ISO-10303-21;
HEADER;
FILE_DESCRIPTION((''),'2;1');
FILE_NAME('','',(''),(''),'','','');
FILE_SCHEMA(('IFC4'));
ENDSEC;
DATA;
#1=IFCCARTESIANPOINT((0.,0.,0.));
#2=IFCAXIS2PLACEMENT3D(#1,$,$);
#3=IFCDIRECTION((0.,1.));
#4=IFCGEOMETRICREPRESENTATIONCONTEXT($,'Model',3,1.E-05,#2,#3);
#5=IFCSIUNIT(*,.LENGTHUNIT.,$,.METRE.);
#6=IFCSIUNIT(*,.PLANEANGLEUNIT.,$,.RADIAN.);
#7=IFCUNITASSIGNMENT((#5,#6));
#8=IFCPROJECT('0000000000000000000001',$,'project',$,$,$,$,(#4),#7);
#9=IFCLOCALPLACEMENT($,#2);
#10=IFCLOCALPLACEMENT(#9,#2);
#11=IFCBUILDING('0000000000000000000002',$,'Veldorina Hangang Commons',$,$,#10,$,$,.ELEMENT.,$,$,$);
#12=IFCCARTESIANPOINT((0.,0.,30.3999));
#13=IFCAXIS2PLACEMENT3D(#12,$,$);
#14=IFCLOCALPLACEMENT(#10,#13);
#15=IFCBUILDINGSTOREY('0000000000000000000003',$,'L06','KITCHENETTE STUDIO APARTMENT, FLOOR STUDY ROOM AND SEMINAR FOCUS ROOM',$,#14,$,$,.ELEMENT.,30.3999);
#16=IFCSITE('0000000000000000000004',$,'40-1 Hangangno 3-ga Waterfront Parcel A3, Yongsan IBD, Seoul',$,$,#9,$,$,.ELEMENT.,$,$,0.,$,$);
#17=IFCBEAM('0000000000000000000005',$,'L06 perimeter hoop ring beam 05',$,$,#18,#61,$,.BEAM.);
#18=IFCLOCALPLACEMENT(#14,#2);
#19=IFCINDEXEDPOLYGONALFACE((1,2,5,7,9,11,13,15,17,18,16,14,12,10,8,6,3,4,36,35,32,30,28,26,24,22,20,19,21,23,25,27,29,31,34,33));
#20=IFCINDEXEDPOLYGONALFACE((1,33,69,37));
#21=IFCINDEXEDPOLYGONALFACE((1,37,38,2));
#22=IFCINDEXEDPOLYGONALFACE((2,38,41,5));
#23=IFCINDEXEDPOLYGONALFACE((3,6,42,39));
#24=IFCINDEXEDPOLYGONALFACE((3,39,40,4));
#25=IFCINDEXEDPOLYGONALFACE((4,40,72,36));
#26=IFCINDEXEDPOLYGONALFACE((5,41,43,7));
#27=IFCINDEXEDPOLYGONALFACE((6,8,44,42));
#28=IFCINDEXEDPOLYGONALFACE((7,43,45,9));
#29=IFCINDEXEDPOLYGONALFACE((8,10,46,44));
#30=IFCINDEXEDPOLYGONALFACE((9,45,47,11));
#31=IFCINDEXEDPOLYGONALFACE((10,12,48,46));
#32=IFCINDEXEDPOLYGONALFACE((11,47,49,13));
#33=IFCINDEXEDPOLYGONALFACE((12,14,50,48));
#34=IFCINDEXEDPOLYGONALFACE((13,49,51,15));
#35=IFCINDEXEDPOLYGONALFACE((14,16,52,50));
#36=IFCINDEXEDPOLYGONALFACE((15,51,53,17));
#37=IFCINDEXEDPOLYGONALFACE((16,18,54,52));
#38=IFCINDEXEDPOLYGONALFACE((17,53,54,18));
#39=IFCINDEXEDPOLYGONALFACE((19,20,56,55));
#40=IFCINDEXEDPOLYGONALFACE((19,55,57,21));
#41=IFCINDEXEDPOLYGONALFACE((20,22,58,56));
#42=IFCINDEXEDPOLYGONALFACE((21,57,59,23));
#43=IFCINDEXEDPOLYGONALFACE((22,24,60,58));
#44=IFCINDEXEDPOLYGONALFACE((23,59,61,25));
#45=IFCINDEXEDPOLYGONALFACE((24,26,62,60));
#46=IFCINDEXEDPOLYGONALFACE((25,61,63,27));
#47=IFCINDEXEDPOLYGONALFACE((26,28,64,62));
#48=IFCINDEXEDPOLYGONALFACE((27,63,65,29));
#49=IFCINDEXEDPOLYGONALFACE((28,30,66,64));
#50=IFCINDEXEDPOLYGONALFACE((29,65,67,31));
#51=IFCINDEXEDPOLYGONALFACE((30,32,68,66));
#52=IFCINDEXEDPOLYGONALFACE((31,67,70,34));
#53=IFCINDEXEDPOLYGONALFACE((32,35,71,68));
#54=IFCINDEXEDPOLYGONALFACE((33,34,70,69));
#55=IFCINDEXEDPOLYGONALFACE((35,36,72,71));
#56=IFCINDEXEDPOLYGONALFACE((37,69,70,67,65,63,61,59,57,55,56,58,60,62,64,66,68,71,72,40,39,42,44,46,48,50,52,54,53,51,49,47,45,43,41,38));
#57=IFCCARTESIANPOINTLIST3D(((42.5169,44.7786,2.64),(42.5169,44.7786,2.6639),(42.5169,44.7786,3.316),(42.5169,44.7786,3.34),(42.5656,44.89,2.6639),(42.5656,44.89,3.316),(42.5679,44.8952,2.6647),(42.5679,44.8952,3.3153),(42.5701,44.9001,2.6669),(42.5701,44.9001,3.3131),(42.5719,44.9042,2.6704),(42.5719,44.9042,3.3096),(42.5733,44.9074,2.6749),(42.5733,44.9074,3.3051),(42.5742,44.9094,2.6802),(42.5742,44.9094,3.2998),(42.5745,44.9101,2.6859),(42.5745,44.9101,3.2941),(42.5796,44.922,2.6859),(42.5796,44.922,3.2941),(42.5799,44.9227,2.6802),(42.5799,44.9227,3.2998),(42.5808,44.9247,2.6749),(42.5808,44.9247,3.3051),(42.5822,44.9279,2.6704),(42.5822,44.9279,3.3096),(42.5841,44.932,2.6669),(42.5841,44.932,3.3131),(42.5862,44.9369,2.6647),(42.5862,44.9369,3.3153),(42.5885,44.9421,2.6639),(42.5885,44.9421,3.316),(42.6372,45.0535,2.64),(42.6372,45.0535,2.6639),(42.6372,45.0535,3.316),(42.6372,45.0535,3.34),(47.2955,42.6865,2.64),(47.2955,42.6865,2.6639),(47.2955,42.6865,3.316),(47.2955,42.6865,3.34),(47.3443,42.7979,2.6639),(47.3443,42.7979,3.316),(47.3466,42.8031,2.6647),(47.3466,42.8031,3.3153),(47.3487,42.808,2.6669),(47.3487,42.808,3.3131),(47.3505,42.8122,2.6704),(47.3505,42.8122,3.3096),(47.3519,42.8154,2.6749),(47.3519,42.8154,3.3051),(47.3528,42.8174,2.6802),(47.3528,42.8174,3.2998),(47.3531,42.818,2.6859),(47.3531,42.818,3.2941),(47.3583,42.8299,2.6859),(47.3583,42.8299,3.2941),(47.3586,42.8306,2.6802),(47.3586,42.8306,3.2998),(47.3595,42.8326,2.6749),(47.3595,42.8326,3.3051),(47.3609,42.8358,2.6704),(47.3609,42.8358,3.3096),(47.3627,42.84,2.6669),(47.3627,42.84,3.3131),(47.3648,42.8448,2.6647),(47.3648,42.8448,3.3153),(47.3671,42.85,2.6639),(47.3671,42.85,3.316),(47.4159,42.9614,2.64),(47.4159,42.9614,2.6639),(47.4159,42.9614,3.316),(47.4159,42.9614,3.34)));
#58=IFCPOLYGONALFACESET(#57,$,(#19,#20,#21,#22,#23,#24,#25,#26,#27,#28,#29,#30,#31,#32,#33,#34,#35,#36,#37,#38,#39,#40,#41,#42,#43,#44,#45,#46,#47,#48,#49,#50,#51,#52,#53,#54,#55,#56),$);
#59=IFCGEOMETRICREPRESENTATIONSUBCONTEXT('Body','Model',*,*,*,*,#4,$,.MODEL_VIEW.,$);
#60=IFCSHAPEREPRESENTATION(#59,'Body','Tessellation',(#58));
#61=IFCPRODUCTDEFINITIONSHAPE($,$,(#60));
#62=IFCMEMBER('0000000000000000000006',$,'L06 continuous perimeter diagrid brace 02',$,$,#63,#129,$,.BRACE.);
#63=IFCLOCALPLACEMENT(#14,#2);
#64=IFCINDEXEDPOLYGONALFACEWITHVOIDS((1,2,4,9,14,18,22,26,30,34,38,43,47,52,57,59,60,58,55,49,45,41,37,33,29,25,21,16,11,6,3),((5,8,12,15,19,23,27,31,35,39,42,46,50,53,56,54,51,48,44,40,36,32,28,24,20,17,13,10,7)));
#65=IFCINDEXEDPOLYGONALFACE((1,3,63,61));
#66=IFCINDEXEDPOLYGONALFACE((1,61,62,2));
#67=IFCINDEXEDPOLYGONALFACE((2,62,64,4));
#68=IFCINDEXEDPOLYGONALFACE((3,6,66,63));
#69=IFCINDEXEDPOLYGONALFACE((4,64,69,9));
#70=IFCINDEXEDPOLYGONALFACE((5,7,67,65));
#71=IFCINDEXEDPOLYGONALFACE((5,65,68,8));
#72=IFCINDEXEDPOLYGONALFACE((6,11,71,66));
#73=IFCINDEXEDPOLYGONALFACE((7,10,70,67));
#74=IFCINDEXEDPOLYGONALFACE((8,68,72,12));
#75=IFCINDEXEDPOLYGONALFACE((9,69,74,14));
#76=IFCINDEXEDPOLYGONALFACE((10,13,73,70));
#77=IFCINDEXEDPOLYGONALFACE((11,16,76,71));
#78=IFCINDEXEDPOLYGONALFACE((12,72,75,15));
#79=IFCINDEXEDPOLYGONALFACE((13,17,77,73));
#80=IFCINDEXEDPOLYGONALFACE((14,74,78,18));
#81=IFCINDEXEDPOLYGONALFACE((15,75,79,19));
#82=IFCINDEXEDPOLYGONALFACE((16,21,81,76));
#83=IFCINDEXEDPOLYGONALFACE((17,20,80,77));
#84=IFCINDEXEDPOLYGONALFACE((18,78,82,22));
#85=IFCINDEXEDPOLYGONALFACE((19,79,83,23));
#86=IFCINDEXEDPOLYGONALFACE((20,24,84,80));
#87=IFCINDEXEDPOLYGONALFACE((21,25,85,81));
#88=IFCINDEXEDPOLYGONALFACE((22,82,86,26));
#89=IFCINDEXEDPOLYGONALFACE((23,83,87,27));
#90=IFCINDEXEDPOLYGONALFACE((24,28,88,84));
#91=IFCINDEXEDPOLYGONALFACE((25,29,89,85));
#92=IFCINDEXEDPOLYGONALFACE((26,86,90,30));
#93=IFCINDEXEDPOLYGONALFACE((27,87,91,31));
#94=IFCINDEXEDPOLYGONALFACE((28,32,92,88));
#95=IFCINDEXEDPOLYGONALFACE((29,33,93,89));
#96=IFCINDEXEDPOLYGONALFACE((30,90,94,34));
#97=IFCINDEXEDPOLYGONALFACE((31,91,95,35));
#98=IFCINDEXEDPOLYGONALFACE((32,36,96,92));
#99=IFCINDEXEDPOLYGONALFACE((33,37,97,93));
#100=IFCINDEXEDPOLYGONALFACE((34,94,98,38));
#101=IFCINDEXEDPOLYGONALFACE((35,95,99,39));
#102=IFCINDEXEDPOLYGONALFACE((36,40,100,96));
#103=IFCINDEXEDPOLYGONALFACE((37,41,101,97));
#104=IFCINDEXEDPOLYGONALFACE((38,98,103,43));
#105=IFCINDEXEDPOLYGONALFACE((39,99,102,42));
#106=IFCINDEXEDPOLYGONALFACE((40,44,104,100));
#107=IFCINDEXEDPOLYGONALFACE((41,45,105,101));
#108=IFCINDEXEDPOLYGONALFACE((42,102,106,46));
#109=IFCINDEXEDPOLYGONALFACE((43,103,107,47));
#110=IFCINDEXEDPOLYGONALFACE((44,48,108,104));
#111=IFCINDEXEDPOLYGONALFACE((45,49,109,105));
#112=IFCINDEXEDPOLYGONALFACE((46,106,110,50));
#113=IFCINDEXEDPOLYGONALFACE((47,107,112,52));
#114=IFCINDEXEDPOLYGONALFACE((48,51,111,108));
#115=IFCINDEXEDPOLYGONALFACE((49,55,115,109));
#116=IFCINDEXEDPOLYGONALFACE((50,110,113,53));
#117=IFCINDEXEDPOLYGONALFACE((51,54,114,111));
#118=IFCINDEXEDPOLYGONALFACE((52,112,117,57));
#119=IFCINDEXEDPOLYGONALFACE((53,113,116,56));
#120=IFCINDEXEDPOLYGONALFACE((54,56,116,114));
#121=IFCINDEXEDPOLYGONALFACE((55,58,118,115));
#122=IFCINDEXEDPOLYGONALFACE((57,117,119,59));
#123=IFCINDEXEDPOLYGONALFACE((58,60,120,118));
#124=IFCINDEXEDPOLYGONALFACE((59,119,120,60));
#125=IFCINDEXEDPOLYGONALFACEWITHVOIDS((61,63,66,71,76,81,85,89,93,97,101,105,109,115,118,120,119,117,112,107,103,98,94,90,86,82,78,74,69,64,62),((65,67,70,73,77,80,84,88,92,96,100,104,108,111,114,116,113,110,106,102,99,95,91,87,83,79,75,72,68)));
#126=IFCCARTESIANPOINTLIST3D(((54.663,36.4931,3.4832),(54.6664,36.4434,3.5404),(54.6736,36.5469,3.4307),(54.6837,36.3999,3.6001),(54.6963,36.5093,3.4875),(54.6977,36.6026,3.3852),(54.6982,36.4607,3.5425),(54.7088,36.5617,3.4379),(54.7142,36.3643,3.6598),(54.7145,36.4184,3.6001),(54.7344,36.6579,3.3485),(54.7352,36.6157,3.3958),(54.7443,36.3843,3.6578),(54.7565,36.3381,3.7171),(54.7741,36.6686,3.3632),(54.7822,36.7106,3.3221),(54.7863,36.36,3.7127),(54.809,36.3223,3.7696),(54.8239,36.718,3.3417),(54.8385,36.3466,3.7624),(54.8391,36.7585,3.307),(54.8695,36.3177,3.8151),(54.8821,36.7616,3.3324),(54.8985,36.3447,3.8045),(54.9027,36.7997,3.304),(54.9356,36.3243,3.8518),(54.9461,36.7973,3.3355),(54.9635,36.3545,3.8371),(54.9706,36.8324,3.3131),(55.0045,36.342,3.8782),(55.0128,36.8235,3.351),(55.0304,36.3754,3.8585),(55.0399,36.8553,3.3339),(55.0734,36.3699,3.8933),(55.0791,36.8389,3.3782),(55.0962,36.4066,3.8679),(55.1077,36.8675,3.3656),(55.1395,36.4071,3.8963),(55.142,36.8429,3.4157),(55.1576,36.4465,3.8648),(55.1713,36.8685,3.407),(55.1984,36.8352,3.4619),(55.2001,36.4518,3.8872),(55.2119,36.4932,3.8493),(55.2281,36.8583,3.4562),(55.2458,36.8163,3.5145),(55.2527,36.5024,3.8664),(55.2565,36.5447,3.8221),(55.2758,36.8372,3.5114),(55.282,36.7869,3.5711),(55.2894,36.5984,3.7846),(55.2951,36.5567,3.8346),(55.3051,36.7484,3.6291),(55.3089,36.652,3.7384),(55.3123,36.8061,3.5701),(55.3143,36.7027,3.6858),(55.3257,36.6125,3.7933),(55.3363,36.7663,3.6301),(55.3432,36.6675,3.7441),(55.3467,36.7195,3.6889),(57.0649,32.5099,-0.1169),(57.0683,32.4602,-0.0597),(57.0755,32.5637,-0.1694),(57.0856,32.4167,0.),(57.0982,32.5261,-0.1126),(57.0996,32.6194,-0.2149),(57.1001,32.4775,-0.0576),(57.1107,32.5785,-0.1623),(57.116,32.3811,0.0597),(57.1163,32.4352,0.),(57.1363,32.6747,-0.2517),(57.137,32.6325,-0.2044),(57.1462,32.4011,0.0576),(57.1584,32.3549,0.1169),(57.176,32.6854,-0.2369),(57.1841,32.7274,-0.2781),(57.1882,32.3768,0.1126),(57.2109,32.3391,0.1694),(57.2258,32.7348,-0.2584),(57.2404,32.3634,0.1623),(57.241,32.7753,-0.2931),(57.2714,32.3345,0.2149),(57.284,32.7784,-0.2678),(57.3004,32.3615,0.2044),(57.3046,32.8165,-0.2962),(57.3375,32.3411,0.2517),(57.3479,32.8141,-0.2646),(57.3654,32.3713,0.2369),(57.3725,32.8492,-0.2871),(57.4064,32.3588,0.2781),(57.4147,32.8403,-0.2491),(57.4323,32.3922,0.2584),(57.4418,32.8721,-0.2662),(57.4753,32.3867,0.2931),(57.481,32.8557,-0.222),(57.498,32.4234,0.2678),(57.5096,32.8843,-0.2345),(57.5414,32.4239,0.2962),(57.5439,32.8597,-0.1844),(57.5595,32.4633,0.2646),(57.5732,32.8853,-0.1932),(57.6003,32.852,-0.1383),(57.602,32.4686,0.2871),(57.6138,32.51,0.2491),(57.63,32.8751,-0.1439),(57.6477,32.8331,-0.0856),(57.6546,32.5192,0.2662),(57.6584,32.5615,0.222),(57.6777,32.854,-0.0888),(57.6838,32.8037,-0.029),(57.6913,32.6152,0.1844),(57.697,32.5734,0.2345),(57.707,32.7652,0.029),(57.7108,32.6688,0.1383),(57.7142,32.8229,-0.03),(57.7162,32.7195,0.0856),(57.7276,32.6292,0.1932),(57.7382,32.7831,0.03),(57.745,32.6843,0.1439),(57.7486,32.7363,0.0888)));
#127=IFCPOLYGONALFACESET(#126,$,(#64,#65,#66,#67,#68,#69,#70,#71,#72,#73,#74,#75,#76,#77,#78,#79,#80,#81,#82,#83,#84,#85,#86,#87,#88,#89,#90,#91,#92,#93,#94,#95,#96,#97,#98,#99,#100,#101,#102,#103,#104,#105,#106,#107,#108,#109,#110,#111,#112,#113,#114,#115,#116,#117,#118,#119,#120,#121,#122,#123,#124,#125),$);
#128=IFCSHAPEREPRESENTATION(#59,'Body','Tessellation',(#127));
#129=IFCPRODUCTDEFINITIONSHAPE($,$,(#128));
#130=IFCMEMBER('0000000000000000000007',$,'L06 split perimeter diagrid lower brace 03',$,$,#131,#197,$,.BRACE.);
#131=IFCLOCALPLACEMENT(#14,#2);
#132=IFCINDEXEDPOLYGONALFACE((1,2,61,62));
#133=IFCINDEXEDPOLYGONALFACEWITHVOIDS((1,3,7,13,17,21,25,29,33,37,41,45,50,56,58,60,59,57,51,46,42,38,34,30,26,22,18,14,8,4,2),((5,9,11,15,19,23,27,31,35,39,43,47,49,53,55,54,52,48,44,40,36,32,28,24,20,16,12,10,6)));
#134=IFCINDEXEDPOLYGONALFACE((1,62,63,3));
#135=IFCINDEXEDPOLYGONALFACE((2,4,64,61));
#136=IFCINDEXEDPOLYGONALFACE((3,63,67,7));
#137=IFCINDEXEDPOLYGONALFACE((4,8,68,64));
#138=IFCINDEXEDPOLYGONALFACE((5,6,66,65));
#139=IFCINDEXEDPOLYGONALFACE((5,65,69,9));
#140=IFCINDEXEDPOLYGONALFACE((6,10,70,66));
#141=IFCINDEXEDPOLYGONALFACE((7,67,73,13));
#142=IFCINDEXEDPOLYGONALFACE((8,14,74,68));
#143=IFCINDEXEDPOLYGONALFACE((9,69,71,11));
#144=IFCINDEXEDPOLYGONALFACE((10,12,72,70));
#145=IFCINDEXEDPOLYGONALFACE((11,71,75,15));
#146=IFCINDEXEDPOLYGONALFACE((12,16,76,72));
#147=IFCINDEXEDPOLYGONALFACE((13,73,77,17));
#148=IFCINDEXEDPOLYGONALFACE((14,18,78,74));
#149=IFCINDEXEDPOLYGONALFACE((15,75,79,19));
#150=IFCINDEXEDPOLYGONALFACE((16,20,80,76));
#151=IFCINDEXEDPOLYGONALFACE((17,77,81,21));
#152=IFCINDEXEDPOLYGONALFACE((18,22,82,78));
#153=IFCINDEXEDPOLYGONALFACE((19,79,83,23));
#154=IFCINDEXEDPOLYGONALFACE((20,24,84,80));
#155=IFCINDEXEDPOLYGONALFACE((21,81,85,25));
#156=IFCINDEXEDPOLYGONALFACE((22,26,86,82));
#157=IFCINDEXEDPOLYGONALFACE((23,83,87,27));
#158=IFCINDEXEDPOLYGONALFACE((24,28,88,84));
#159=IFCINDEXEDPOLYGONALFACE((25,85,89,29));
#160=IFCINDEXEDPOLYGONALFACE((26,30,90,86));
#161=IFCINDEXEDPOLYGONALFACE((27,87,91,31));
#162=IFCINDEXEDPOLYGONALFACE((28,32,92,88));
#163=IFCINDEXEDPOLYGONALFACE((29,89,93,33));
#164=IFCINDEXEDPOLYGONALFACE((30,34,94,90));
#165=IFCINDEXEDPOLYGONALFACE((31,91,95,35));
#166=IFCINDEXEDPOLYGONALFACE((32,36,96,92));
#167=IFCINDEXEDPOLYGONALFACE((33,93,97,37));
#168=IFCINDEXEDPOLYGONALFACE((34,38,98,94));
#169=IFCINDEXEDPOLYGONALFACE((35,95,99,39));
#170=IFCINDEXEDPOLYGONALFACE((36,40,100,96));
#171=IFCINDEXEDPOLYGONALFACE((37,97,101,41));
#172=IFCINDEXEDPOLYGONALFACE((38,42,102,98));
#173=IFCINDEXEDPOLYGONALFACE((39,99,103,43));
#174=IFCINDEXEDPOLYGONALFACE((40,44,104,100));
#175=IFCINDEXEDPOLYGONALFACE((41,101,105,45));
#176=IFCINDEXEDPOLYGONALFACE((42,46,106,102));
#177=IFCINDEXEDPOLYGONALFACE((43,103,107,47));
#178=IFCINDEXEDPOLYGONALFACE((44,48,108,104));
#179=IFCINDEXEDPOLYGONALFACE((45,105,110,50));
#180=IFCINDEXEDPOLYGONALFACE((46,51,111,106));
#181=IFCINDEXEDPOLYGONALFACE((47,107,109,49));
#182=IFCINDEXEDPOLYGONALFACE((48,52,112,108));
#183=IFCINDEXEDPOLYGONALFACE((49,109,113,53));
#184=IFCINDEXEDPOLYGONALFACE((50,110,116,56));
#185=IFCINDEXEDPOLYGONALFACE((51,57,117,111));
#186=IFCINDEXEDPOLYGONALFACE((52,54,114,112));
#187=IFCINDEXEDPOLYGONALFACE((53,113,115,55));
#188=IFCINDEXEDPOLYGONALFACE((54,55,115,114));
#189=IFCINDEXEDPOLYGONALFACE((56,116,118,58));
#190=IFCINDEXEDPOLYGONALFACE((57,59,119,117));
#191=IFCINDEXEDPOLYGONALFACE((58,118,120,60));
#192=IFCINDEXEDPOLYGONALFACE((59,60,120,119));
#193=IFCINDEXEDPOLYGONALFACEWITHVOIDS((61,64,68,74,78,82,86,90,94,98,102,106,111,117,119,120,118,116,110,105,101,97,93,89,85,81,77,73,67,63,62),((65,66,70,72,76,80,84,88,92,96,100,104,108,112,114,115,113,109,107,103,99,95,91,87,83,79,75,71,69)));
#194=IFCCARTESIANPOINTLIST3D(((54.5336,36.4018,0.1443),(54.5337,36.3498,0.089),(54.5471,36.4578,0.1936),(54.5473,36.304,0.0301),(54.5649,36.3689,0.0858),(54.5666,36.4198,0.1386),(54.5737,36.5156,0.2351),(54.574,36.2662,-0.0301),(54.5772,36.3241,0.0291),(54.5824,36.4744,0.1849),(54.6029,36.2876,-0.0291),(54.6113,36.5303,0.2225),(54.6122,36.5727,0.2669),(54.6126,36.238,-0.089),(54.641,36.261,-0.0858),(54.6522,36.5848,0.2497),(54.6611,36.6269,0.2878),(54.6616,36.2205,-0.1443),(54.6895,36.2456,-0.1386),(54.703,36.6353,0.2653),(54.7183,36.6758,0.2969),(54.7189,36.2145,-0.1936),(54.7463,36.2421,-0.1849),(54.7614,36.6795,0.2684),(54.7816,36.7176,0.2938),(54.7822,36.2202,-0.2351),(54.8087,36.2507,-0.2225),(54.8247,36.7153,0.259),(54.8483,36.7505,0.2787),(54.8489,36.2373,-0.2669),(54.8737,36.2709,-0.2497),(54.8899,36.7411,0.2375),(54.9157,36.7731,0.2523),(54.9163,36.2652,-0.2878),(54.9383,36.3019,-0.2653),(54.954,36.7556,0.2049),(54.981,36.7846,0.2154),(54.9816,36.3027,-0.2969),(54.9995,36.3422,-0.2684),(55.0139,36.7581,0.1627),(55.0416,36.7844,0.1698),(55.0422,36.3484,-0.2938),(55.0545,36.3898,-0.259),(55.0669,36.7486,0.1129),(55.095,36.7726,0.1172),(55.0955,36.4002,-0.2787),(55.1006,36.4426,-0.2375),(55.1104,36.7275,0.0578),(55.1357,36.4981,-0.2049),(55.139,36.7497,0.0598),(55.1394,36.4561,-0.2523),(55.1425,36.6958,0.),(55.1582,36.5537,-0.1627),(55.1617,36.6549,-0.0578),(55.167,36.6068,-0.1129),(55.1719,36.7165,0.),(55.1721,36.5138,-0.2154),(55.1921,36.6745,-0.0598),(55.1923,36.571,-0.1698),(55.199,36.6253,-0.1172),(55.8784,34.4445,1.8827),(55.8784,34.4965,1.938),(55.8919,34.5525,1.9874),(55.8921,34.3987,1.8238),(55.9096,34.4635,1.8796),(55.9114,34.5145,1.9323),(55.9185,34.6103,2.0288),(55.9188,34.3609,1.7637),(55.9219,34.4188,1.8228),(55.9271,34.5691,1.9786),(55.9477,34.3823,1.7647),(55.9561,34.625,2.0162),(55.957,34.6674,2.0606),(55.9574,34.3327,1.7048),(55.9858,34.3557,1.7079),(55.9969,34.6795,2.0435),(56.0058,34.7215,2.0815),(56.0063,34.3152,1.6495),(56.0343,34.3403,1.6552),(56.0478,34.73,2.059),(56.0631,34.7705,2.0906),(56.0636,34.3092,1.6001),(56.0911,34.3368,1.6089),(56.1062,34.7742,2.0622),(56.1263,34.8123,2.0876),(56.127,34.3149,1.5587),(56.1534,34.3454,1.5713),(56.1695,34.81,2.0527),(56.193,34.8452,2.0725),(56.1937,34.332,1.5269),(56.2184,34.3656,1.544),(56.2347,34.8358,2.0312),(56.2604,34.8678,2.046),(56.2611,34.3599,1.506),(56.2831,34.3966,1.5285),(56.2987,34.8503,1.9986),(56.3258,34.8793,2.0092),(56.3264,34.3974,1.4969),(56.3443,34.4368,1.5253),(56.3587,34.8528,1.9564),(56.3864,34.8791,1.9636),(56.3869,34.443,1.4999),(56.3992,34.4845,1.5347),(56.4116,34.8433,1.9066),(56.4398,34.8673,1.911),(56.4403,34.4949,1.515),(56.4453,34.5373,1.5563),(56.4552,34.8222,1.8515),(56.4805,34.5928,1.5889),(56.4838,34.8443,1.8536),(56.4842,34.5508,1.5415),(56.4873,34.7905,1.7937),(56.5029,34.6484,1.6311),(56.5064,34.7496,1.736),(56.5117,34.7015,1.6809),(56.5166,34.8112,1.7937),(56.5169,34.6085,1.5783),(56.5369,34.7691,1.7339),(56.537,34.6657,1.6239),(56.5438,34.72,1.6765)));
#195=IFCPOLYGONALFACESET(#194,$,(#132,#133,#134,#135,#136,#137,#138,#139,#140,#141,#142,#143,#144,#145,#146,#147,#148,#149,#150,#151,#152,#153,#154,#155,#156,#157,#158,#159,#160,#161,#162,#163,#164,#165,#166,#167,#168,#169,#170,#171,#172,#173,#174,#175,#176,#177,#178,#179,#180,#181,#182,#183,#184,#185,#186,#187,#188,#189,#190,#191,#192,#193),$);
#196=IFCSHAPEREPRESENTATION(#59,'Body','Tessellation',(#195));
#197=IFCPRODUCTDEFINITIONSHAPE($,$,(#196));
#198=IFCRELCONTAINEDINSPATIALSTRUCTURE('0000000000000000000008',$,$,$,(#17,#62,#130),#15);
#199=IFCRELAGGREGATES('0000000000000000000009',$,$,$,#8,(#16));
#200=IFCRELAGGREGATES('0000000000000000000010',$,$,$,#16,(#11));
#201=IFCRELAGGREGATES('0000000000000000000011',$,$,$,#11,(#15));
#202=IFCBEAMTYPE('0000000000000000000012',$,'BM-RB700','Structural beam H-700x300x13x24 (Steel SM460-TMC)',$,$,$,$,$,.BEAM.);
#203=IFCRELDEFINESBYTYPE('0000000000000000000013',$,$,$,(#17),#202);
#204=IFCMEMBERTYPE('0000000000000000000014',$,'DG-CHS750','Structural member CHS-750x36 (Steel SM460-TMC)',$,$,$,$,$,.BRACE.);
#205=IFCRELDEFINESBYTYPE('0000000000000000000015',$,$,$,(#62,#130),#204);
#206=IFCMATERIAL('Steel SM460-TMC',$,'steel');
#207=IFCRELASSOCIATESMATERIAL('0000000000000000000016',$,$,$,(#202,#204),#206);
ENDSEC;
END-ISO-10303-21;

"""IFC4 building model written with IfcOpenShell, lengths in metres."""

from ifc_helpers import new_model, si_unit, direction, frame, origin, origin_2d, place, context, subcontext, project, spatial, hollow_circle, i_section, extrude, material, material_profile, profile_set, type_object, element, save


model = new_model("IFC4")

# Units and contexts
model_context = context("Model", 3, precision=1e-05, world=origin(), true_north=direction((0.0, 1.0)))
body_context = subcontext(model_context, "Body", "Model", "MODEL_VIEW")
ifc_project = project(units=[si_unit("LENGTHUNIT", "METRE"), si_unit("PLANEANGLEUNIT", "RADIAN")], contexts=[model_context])

# Site, building, storey
site_placement = place(None, origin())
site = spatial("IfcSite", under=ifc_project, at=site_placement, Name="40-1 Hangangno 3-ga Waterfront Parcel A3, Yongsan IBD, Seoul", CompositionType="ELEMENT", RefElevation=0.0)
building_placement = place(site_placement, origin())
building = spatial("IfcBuilding", under=site, at=building_placement, Name="Veldorina Hangang Commons", CompositionType="ELEMENT")
storey_placement = place(building_placement, frame((0.0, 0.0, 30.3999)))
storey = spatial("IfcBuildingStorey", under=building, at=storey_placement, Name="L06", Description="KITCHENETTE STUDIO APARTMENT, FLOOR STUDY ROOM AND SEMINAR FOCUS ROOM", CompositionType="ELEMENT", Elevation=30.3999)

# Beam
ifc_material_1 = material(Name="Steel SM460-TMC", Category="steel")
ifc_material_profile_1 = material_profile(ifc_material_1, i_section(OverallWidth=0.3, OverallDepth=0.7, WebThickness=0.0129, FlangeThickness=0.0239, FilletRadius=0.022, at=origin_2d()), Name="H-700x300x13x24")
ifc_profile_set_1 = profile_set([ifc_material_profile_1], Name="Steel SM460-TMC")
beam_type_1 = type_object("IfcBeamType", Name="BM-RB700", Description="Structural beam H-700x300x13x24 (Steel SM460-TMC)", PredefinedType="BEAM", material=ifc_profile_set_1)
beam_1_placement = place(storey_placement, frame((47.3557, 42.824, 2.99), z_axis=(-0.916057, 0.401047, 0.0), x_axis=(-0.401047, -0.916057, 0.0)))
element("IfcBeam", 1, at=beam_1_placement, inside=storey, type_object=beam_type_1, Name="L06 perimeter hoop ring beam 05", PredefinedType="BEAM", context=body_context, shape_type="SweptSolid", body=[
    extrude(i_section(OverallWidth=0.3, OverallDepth=0.7, WebThickness=0.0129, FlangeThickness=0.0239, FilletRadius=0.022, at=origin_2d()), origin(), (0.0, 0.0, 1.0), 5.2166),
])

# Members
ifc_material_profile_2 = material_profile(ifc_material_1, hollow_circle(Radius=0.375, WallThickness=0.0359, at=origin_2d()), Name="CHS-750x36")
ifc_profile_set_2 = profile_set([ifc_material_profile_2], Name="Steel SM460-TMC")
member_type = type_object("IfcMemberType", Name="DG-CHS750", Description="Structural member CHS-750x36 (Steel SM460-TMC)", PredefinedType="BRACE", material=ifc_profile_set_2)
member_1_placement = place(storey_placement, frame((57.4067, 32.6104, 0.0), z_axis=(-0.408356, 0.677204, 0.612078), x_axis=(-0.856356, -0.516386, 0.0)))
element("IfcMember", 2, at=member_1_placement, inside=storey, type_object=member_type, Name="L06 continuous perimeter diagrid brace 02", PredefinedType="BRACE", context=body_context, shape_type="SweptSolid", body=[
    extrude(hollow_circle(Radius=0.375, WallThickness=0.0359, at=origin_2d()), origin(), (0.0, 0.0, 1.0), 5.8818),
])
member_2_placement = place(storey_placement, frame((54.8655, 36.5002, 0.0), z_axis=(0.45707, -0.647598, 0.609675), x_axis=(0.817003, 0.576634, 0.0)))
element("IfcMember", 3, at=member_2_placement, inside=storey, type_object=member_type, Name="L06 split perimeter diagrid lower brace 03", PredefinedType="BRACE", context=body_context, shape_type="SweptSolid", body=[
    extrude(hollow_circle(Radius=0.375, WallThickness=0.0359, at=origin_2d()), origin(), (0.0, 0.0, 1.0), 2.9421),
])

save(model, "model.ifc")
